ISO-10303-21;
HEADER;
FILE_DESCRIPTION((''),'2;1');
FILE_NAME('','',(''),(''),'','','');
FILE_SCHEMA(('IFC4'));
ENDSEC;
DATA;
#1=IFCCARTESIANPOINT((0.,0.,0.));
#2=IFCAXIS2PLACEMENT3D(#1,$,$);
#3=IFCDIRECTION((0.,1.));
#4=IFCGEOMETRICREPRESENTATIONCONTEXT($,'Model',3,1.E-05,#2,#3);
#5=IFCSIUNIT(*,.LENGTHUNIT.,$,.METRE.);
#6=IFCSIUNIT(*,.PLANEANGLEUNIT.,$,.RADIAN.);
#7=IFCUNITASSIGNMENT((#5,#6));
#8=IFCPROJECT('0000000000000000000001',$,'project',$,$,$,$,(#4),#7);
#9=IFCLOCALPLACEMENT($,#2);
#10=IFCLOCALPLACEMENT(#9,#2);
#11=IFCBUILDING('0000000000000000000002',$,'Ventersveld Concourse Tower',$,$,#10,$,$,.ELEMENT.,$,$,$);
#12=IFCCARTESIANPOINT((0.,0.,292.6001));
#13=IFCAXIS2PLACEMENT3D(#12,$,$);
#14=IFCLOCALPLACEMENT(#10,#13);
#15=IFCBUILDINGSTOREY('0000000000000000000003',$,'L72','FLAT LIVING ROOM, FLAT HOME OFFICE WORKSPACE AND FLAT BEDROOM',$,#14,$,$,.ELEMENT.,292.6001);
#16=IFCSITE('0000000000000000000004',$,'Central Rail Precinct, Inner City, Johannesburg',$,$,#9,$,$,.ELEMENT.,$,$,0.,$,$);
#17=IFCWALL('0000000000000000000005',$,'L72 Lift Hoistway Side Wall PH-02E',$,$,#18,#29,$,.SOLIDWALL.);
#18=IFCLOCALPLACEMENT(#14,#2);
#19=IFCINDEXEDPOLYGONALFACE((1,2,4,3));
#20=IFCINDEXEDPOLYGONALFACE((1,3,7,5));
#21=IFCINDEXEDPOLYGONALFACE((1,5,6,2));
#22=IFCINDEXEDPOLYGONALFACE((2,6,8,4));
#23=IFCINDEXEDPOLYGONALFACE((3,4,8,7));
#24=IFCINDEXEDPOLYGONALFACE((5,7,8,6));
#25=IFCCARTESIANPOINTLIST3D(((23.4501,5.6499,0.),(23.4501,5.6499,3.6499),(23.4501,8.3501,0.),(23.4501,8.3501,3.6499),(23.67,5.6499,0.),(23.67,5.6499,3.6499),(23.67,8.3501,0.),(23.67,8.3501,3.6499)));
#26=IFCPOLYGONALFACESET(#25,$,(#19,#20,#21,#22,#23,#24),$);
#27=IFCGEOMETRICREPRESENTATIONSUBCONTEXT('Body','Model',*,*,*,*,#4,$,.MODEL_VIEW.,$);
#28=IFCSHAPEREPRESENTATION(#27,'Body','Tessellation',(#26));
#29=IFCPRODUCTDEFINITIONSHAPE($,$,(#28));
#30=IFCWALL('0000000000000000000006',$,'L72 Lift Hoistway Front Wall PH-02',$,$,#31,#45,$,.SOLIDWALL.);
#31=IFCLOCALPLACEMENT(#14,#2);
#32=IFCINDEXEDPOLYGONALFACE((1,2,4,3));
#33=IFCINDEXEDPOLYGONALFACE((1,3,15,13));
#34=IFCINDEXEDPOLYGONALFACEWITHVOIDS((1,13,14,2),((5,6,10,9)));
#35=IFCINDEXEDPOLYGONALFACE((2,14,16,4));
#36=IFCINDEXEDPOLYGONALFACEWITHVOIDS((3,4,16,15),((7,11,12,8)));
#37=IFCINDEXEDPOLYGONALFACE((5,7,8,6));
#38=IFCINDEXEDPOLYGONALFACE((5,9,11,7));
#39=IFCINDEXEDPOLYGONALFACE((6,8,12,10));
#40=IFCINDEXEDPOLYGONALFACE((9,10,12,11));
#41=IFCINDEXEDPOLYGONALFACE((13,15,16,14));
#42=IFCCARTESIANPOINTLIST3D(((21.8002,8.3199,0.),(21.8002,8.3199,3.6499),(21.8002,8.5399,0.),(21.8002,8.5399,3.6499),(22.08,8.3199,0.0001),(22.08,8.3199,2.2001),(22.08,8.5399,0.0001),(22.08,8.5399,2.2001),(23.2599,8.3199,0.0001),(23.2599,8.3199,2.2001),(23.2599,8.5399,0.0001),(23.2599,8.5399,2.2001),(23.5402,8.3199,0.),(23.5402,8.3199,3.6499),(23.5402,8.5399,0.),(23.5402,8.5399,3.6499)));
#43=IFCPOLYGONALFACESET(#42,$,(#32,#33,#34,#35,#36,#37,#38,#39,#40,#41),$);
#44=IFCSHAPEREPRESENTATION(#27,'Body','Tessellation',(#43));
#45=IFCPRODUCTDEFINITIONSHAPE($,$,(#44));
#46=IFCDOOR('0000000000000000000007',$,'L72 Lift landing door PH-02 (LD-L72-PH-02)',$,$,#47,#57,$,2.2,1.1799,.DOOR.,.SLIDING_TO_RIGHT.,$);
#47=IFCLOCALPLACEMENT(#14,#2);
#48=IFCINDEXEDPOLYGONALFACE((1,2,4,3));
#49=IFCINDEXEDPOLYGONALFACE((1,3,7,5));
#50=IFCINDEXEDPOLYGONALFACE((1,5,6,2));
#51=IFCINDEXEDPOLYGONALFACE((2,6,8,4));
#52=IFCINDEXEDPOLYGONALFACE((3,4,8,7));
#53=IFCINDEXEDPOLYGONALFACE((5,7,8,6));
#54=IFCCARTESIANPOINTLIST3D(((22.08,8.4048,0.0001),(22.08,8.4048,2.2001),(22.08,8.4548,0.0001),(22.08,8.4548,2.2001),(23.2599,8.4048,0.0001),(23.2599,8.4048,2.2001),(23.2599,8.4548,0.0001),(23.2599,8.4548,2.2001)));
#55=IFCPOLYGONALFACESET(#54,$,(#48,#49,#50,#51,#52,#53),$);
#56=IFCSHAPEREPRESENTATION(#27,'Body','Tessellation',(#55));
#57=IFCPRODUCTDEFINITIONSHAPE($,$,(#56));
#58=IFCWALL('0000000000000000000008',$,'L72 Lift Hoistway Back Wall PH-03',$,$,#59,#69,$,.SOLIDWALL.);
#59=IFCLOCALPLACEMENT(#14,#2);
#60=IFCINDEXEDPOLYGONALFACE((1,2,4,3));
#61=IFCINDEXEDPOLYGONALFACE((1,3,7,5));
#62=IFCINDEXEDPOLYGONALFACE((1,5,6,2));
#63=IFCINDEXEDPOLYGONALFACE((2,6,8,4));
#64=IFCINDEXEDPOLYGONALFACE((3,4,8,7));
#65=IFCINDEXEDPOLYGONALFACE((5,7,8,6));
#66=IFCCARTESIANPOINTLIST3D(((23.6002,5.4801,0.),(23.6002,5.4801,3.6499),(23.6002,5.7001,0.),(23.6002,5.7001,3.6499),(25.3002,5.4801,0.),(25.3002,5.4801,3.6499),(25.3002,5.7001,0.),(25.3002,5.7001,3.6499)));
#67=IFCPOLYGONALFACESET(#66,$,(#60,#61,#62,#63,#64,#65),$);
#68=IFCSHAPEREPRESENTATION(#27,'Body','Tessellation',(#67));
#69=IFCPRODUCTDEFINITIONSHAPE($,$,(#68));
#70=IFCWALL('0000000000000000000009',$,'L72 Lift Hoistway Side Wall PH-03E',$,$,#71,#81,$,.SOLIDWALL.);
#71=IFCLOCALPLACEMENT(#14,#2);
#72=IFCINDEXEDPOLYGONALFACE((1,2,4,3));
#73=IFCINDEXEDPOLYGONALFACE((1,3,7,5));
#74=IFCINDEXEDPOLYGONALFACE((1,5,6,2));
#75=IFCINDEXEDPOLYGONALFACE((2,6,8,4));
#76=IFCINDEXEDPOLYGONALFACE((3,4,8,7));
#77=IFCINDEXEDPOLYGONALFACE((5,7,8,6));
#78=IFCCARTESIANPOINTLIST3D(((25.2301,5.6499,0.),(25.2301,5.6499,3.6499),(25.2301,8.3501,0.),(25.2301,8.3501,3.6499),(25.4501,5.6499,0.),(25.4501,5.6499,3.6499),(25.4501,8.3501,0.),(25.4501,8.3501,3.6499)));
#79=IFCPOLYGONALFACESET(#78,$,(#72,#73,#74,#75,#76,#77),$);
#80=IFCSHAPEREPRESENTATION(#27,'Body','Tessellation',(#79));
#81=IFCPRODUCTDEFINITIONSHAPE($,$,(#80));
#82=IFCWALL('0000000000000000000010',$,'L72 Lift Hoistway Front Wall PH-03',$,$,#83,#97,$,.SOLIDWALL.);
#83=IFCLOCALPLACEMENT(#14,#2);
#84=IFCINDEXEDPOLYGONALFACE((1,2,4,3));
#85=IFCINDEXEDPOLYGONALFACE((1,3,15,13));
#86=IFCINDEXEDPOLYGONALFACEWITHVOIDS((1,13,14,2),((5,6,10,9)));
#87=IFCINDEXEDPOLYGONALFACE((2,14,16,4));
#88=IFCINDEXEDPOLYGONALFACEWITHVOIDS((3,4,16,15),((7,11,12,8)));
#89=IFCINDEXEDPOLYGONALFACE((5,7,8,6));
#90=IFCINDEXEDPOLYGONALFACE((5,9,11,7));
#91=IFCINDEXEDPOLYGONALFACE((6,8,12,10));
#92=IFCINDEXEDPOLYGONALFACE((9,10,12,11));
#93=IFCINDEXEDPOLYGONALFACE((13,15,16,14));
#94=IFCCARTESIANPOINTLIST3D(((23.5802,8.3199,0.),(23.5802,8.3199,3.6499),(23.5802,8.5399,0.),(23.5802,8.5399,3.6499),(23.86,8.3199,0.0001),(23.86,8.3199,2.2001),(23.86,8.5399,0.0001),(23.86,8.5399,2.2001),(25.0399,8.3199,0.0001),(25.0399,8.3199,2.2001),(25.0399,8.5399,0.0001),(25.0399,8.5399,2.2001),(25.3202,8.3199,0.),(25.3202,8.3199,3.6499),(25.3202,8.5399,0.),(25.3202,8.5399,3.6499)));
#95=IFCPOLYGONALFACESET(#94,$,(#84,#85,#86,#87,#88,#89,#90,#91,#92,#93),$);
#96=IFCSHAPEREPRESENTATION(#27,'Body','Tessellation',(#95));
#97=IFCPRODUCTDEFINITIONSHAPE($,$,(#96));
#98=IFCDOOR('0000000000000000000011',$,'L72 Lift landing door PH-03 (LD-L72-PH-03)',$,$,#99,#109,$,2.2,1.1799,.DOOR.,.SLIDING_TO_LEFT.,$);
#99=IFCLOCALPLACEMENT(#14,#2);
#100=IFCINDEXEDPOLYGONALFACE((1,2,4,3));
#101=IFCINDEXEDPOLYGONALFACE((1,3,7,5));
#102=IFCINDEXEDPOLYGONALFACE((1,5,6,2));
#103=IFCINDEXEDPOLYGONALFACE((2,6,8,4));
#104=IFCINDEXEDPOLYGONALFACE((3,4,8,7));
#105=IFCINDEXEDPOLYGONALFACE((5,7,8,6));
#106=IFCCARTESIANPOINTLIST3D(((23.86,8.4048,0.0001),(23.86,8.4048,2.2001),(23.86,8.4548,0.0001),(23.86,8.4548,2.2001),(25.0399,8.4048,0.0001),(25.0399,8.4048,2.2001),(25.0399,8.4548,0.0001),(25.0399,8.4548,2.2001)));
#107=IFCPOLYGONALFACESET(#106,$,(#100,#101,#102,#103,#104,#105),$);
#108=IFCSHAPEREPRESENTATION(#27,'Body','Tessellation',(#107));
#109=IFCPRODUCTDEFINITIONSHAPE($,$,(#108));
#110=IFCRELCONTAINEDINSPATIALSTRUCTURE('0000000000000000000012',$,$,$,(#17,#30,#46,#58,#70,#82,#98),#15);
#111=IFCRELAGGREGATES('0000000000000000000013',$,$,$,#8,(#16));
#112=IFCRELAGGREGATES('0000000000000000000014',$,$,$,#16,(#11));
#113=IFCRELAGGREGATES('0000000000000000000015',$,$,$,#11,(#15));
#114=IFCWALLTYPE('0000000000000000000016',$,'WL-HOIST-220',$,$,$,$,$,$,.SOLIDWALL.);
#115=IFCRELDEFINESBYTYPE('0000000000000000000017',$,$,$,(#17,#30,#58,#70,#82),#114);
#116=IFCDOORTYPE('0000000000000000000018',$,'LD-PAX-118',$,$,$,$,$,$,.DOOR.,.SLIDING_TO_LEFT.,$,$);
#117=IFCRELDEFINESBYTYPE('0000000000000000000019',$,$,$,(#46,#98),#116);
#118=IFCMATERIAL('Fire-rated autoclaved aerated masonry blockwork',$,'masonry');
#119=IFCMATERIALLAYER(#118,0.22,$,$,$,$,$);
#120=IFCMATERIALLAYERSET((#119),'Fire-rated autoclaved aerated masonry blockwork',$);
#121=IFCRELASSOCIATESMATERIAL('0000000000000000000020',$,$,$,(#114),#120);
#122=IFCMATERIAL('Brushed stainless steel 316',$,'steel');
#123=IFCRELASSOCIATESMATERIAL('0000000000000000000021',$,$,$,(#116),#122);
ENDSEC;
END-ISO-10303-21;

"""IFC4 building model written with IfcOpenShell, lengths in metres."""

from ifc_helpers import new_model, si_unit, direction, frame, frame_2d, origin, place, context, subcontext, project, spatial, rectangle, extrude, material, layer, layer_set, type_object, element, fill, save


model = new_model("IFC4")

# Units and contexts
model_context = context("Model", 3, precision=1e-05, world=origin(), true_north=direction((0.0, 1.0)))
body_context = subcontext(model_context, "Body", "Model", "MODEL_VIEW")
ifc_project = project(units=[si_unit("LENGTHUNIT", "METRE"), si_unit("PLANEANGLEUNIT", "RADIAN")], contexts=[model_context])

# Site, building, storey
site_placement = place(None, origin())
site = spatial("IfcSite", under=ifc_project, at=site_placement, Name="Central Rail Precinct, Inner City, Johannesburg", CompositionType="ELEMENT", RefElevation=0.0)
building_placement = place(site_placement, origin())
building = spatial("IfcBuilding", under=site, at=building_placement, Name="Ventersveld Concourse Tower", CompositionType="ELEMENT")
storey_placement = place(building_placement, frame((0.0, 0.0, 292.6001)))
storey = spatial("IfcBuildingStorey", under=building, at=storey_placement, Name="L72", Description="FLAT LIVING ROOM, FLAT HOME OFFICE WORKSPACE AND FLAT BEDROOM", CompositionType="ELEMENT", Elevation=292.6001)

# Shared definitions
ifc_material_1 = material(Name="Fire-rated autoclaved aerated masonry blockwork", Category="masonry")

# Wall
ifc_layer_1 = layer(ifc_material_1, 0.22)
ifc_layer_set_1 = layer_set([ifc_layer_1], Name="Fire-rated autoclaved aerated masonry blockwork")
wall_type_1 = type_object("IfcWallType", Name="WL-HOIST-220", PredefinedType="SOLIDWALL", material=ifc_layer_set_1)
wall_1_placement = place(storey_placement, frame((23.5601, 5.6499, 0.0), z_axis=(0.0, 0.0, 1.0), x_axis=(0.0, 1.0, 0.0)))
element("IfcWall", 1, at=wall_1_placement, inside=storey, type_object=wall_type_1, Name="L72 Lift Hoistway Side Wall PH-02E", PredefinedType="SOLIDWALL", context=body_context, shape_type="SweptSolid", body=[
    extrude(rectangle(XDim=2.7002, YDim=0.22, at=frame_2d((1.3501, 0.0))), origin(), (0.0, 0.0, 1.0), 3.6499),
])

# Wall, opening, door
wall_2_placement = place(storey_placement, frame((21.8, 8.4299, 0.0), z_axis=(0.0, 0.0, 1.0), x_axis=(1.0, 0.0, 0.0)))
wall_2 = element("IfcWall", 2, at=wall_2_placement, inside=storey, type_object=wall_type_1, Name="L72 Lift Hoistway Front Wall PH-02", PredefinedType="SOLIDWALL", context=body_context, shape_type="SweptSolid", body=[
    extrude(rectangle(XDim=1.74, YDim=0.22, at=frame_2d((0.8701, 0.0))), origin(), (0.0, 0.0, 1.0), 3.6499),
])
opening_1_placement = place(wall_2_placement, frame((0.28, 0.0, 0.0)))
opening_1 = element("IfcOpeningElement", 3, at=opening_1_placement, cuts=wall_2, PredefinedType="OPENING", context=body_context, shape_type="SweptSolid", body=[
    extrude(rectangle(XDim=1.1799, YDim=2.2, at=frame_2d((0.5898, 1.1001))), frame((0.0, 0.1201, 0.0), z_axis=(0.0, -1.0, 0.0), x_axis=(1.0, 0.0, 0.0)), (0.0, 0.0, 1.0), 0.24),
])
ifc_material_2 = material(Name="Brushed stainless steel 316", Category="steel")
door_type_1 = type_object("IfcDoorType", Name="LD-PAX-118", OperationType="SLIDING_TO_LEFT", PredefinedType="DOOR", material=ifc_material_2)
door_1_placement = place(opening_1_placement, origin())
door_1 = element("IfcDoor", 4, at=door_1_placement, inside=storey, type_object=door_type_1, Name="L72 Lift landing door PH-02 (LD-L72-PH-02)", OperationType="SLIDING_TO_RIGHT", OverallHeight=2.2, OverallWidth=1.1799, PredefinedType="DOOR", context=body_context, shape_type="SweptSolid", body=[
    extrude(rectangle(XDim=1.1799, YDim=2.2, at=frame_2d((0.5898, 1.1001))), frame((0.0, 0.0249, 0.0), z_axis=(0.0, -1.0, 0.0), x_axis=(1.0, 0.0, 0.0)), (0.0, 0.0, 1.0), 0.05),
])
fill(opening_1, door_1)

# Walls
wall_3_placement = place(storey_placement, frame((23.6001, 5.5901, 0.0), z_axis=(0.0, 0.0, 1.0), x_axis=(1.0, 0.0, 0.0)))
element("IfcWall", 5, at=wall_3_placement, inside=storey, type_object=wall_type_1, Name="L72 Lift Hoistway Back Wall PH-03", PredefinedType="SOLIDWALL", context=body_context, shape_type="SweptSolid", body=[
    extrude(rectangle(XDim=1.7, YDim=0.22, at=frame_2d((0.8501, 0.0))), origin(), (0.0, 0.0, 1.0), 3.6499),
])
wall_4_placement = place(storey_placement, frame((25.3401, 5.6499, 0.0), z_axis=(0.0, 0.0, 1.0), x_axis=(0.0, 1.0, 0.0)))
element("IfcWall", 6, at=wall_4_placement, inside=storey, type_object=wall_type_1, Name="L72 Lift Hoistway Side Wall PH-03E", PredefinedType="SOLIDWALL", context=body_context, shape_type="SweptSolid", body=[
    extrude(rectangle(XDim=2.7002, YDim=0.22, at=frame_2d((1.3501, 0.0))), origin(), (0.0, 0.0, 1.0), 3.6499),
])

# Wall, opening, door
wall_5_placement = place(storey_placement, frame((23.5801, 8.4299, 0.0), z_axis=(0.0, 0.0, 1.0), x_axis=(1.0, 0.0, 0.0)))
wall_5 = element("IfcWall", 7, at=wall_5_placement, inside=storey, type_object=wall_type_1, Name="L72 Lift Hoistway Front Wall PH-03", PredefinedType="SOLIDWALL", context=body_context, shape_type="SweptSolid", body=[
    extrude(rectangle(XDim=1.74, YDim=0.22, at=frame_2d((0.8701, 0.0))), origin(), (0.0, 0.0, 1.0), 3.6499),
])
opening_2_placement = place(wall_5_placement, frame((0.28, 0.0, 0.0)))
opening_2 = element("IfcOpeningElement", 8, at=opening_2_placement, cuts=wall_5, PredefinedType="OPENING", context=body_context, shape_type="SweptSolid", body=[
    extrude(rectangle(XDim=1.1799, YDim=2.2, at=frame_2d((0.5898, 1.1001))), frame((0.0, 0.1201, 0.0), z_axis=(0.0, -1.0, 0.0), x_axis=(1.0, 0.0, 0.0)), (0.0, 0.0, 1.0), 0.24),
])
door_2_placement = place(opening_2_placement, origin())
door_2 = element("IfcDoor", 9, at=door_2_placement, inside=storey, type_object=door_type_1, Name="L72 Lift landing door PH-03 (LD-L72-PH-03)", OperationType="SLIDING_TO_LEFT", OverallHeight=2.2, OverallWidth=1.1799, PredefinedType="DOOR", context=body_context, shape_type="SweptSolid", body=[
    extrude(rectangle(XDim=1.1799, YDim=2.2, at=frame_2d((0.5898, 1.1001))), frame((0.0, 0.0249, 0.0), z_axis=(0.0, -1.0, 0.0), x_axis=(1.0, 0.0, 0.0)), (0.0, 0.0, 1.0), 0.05),
])
fill(opening_2, door_2)

save(model, "model.ifc")
